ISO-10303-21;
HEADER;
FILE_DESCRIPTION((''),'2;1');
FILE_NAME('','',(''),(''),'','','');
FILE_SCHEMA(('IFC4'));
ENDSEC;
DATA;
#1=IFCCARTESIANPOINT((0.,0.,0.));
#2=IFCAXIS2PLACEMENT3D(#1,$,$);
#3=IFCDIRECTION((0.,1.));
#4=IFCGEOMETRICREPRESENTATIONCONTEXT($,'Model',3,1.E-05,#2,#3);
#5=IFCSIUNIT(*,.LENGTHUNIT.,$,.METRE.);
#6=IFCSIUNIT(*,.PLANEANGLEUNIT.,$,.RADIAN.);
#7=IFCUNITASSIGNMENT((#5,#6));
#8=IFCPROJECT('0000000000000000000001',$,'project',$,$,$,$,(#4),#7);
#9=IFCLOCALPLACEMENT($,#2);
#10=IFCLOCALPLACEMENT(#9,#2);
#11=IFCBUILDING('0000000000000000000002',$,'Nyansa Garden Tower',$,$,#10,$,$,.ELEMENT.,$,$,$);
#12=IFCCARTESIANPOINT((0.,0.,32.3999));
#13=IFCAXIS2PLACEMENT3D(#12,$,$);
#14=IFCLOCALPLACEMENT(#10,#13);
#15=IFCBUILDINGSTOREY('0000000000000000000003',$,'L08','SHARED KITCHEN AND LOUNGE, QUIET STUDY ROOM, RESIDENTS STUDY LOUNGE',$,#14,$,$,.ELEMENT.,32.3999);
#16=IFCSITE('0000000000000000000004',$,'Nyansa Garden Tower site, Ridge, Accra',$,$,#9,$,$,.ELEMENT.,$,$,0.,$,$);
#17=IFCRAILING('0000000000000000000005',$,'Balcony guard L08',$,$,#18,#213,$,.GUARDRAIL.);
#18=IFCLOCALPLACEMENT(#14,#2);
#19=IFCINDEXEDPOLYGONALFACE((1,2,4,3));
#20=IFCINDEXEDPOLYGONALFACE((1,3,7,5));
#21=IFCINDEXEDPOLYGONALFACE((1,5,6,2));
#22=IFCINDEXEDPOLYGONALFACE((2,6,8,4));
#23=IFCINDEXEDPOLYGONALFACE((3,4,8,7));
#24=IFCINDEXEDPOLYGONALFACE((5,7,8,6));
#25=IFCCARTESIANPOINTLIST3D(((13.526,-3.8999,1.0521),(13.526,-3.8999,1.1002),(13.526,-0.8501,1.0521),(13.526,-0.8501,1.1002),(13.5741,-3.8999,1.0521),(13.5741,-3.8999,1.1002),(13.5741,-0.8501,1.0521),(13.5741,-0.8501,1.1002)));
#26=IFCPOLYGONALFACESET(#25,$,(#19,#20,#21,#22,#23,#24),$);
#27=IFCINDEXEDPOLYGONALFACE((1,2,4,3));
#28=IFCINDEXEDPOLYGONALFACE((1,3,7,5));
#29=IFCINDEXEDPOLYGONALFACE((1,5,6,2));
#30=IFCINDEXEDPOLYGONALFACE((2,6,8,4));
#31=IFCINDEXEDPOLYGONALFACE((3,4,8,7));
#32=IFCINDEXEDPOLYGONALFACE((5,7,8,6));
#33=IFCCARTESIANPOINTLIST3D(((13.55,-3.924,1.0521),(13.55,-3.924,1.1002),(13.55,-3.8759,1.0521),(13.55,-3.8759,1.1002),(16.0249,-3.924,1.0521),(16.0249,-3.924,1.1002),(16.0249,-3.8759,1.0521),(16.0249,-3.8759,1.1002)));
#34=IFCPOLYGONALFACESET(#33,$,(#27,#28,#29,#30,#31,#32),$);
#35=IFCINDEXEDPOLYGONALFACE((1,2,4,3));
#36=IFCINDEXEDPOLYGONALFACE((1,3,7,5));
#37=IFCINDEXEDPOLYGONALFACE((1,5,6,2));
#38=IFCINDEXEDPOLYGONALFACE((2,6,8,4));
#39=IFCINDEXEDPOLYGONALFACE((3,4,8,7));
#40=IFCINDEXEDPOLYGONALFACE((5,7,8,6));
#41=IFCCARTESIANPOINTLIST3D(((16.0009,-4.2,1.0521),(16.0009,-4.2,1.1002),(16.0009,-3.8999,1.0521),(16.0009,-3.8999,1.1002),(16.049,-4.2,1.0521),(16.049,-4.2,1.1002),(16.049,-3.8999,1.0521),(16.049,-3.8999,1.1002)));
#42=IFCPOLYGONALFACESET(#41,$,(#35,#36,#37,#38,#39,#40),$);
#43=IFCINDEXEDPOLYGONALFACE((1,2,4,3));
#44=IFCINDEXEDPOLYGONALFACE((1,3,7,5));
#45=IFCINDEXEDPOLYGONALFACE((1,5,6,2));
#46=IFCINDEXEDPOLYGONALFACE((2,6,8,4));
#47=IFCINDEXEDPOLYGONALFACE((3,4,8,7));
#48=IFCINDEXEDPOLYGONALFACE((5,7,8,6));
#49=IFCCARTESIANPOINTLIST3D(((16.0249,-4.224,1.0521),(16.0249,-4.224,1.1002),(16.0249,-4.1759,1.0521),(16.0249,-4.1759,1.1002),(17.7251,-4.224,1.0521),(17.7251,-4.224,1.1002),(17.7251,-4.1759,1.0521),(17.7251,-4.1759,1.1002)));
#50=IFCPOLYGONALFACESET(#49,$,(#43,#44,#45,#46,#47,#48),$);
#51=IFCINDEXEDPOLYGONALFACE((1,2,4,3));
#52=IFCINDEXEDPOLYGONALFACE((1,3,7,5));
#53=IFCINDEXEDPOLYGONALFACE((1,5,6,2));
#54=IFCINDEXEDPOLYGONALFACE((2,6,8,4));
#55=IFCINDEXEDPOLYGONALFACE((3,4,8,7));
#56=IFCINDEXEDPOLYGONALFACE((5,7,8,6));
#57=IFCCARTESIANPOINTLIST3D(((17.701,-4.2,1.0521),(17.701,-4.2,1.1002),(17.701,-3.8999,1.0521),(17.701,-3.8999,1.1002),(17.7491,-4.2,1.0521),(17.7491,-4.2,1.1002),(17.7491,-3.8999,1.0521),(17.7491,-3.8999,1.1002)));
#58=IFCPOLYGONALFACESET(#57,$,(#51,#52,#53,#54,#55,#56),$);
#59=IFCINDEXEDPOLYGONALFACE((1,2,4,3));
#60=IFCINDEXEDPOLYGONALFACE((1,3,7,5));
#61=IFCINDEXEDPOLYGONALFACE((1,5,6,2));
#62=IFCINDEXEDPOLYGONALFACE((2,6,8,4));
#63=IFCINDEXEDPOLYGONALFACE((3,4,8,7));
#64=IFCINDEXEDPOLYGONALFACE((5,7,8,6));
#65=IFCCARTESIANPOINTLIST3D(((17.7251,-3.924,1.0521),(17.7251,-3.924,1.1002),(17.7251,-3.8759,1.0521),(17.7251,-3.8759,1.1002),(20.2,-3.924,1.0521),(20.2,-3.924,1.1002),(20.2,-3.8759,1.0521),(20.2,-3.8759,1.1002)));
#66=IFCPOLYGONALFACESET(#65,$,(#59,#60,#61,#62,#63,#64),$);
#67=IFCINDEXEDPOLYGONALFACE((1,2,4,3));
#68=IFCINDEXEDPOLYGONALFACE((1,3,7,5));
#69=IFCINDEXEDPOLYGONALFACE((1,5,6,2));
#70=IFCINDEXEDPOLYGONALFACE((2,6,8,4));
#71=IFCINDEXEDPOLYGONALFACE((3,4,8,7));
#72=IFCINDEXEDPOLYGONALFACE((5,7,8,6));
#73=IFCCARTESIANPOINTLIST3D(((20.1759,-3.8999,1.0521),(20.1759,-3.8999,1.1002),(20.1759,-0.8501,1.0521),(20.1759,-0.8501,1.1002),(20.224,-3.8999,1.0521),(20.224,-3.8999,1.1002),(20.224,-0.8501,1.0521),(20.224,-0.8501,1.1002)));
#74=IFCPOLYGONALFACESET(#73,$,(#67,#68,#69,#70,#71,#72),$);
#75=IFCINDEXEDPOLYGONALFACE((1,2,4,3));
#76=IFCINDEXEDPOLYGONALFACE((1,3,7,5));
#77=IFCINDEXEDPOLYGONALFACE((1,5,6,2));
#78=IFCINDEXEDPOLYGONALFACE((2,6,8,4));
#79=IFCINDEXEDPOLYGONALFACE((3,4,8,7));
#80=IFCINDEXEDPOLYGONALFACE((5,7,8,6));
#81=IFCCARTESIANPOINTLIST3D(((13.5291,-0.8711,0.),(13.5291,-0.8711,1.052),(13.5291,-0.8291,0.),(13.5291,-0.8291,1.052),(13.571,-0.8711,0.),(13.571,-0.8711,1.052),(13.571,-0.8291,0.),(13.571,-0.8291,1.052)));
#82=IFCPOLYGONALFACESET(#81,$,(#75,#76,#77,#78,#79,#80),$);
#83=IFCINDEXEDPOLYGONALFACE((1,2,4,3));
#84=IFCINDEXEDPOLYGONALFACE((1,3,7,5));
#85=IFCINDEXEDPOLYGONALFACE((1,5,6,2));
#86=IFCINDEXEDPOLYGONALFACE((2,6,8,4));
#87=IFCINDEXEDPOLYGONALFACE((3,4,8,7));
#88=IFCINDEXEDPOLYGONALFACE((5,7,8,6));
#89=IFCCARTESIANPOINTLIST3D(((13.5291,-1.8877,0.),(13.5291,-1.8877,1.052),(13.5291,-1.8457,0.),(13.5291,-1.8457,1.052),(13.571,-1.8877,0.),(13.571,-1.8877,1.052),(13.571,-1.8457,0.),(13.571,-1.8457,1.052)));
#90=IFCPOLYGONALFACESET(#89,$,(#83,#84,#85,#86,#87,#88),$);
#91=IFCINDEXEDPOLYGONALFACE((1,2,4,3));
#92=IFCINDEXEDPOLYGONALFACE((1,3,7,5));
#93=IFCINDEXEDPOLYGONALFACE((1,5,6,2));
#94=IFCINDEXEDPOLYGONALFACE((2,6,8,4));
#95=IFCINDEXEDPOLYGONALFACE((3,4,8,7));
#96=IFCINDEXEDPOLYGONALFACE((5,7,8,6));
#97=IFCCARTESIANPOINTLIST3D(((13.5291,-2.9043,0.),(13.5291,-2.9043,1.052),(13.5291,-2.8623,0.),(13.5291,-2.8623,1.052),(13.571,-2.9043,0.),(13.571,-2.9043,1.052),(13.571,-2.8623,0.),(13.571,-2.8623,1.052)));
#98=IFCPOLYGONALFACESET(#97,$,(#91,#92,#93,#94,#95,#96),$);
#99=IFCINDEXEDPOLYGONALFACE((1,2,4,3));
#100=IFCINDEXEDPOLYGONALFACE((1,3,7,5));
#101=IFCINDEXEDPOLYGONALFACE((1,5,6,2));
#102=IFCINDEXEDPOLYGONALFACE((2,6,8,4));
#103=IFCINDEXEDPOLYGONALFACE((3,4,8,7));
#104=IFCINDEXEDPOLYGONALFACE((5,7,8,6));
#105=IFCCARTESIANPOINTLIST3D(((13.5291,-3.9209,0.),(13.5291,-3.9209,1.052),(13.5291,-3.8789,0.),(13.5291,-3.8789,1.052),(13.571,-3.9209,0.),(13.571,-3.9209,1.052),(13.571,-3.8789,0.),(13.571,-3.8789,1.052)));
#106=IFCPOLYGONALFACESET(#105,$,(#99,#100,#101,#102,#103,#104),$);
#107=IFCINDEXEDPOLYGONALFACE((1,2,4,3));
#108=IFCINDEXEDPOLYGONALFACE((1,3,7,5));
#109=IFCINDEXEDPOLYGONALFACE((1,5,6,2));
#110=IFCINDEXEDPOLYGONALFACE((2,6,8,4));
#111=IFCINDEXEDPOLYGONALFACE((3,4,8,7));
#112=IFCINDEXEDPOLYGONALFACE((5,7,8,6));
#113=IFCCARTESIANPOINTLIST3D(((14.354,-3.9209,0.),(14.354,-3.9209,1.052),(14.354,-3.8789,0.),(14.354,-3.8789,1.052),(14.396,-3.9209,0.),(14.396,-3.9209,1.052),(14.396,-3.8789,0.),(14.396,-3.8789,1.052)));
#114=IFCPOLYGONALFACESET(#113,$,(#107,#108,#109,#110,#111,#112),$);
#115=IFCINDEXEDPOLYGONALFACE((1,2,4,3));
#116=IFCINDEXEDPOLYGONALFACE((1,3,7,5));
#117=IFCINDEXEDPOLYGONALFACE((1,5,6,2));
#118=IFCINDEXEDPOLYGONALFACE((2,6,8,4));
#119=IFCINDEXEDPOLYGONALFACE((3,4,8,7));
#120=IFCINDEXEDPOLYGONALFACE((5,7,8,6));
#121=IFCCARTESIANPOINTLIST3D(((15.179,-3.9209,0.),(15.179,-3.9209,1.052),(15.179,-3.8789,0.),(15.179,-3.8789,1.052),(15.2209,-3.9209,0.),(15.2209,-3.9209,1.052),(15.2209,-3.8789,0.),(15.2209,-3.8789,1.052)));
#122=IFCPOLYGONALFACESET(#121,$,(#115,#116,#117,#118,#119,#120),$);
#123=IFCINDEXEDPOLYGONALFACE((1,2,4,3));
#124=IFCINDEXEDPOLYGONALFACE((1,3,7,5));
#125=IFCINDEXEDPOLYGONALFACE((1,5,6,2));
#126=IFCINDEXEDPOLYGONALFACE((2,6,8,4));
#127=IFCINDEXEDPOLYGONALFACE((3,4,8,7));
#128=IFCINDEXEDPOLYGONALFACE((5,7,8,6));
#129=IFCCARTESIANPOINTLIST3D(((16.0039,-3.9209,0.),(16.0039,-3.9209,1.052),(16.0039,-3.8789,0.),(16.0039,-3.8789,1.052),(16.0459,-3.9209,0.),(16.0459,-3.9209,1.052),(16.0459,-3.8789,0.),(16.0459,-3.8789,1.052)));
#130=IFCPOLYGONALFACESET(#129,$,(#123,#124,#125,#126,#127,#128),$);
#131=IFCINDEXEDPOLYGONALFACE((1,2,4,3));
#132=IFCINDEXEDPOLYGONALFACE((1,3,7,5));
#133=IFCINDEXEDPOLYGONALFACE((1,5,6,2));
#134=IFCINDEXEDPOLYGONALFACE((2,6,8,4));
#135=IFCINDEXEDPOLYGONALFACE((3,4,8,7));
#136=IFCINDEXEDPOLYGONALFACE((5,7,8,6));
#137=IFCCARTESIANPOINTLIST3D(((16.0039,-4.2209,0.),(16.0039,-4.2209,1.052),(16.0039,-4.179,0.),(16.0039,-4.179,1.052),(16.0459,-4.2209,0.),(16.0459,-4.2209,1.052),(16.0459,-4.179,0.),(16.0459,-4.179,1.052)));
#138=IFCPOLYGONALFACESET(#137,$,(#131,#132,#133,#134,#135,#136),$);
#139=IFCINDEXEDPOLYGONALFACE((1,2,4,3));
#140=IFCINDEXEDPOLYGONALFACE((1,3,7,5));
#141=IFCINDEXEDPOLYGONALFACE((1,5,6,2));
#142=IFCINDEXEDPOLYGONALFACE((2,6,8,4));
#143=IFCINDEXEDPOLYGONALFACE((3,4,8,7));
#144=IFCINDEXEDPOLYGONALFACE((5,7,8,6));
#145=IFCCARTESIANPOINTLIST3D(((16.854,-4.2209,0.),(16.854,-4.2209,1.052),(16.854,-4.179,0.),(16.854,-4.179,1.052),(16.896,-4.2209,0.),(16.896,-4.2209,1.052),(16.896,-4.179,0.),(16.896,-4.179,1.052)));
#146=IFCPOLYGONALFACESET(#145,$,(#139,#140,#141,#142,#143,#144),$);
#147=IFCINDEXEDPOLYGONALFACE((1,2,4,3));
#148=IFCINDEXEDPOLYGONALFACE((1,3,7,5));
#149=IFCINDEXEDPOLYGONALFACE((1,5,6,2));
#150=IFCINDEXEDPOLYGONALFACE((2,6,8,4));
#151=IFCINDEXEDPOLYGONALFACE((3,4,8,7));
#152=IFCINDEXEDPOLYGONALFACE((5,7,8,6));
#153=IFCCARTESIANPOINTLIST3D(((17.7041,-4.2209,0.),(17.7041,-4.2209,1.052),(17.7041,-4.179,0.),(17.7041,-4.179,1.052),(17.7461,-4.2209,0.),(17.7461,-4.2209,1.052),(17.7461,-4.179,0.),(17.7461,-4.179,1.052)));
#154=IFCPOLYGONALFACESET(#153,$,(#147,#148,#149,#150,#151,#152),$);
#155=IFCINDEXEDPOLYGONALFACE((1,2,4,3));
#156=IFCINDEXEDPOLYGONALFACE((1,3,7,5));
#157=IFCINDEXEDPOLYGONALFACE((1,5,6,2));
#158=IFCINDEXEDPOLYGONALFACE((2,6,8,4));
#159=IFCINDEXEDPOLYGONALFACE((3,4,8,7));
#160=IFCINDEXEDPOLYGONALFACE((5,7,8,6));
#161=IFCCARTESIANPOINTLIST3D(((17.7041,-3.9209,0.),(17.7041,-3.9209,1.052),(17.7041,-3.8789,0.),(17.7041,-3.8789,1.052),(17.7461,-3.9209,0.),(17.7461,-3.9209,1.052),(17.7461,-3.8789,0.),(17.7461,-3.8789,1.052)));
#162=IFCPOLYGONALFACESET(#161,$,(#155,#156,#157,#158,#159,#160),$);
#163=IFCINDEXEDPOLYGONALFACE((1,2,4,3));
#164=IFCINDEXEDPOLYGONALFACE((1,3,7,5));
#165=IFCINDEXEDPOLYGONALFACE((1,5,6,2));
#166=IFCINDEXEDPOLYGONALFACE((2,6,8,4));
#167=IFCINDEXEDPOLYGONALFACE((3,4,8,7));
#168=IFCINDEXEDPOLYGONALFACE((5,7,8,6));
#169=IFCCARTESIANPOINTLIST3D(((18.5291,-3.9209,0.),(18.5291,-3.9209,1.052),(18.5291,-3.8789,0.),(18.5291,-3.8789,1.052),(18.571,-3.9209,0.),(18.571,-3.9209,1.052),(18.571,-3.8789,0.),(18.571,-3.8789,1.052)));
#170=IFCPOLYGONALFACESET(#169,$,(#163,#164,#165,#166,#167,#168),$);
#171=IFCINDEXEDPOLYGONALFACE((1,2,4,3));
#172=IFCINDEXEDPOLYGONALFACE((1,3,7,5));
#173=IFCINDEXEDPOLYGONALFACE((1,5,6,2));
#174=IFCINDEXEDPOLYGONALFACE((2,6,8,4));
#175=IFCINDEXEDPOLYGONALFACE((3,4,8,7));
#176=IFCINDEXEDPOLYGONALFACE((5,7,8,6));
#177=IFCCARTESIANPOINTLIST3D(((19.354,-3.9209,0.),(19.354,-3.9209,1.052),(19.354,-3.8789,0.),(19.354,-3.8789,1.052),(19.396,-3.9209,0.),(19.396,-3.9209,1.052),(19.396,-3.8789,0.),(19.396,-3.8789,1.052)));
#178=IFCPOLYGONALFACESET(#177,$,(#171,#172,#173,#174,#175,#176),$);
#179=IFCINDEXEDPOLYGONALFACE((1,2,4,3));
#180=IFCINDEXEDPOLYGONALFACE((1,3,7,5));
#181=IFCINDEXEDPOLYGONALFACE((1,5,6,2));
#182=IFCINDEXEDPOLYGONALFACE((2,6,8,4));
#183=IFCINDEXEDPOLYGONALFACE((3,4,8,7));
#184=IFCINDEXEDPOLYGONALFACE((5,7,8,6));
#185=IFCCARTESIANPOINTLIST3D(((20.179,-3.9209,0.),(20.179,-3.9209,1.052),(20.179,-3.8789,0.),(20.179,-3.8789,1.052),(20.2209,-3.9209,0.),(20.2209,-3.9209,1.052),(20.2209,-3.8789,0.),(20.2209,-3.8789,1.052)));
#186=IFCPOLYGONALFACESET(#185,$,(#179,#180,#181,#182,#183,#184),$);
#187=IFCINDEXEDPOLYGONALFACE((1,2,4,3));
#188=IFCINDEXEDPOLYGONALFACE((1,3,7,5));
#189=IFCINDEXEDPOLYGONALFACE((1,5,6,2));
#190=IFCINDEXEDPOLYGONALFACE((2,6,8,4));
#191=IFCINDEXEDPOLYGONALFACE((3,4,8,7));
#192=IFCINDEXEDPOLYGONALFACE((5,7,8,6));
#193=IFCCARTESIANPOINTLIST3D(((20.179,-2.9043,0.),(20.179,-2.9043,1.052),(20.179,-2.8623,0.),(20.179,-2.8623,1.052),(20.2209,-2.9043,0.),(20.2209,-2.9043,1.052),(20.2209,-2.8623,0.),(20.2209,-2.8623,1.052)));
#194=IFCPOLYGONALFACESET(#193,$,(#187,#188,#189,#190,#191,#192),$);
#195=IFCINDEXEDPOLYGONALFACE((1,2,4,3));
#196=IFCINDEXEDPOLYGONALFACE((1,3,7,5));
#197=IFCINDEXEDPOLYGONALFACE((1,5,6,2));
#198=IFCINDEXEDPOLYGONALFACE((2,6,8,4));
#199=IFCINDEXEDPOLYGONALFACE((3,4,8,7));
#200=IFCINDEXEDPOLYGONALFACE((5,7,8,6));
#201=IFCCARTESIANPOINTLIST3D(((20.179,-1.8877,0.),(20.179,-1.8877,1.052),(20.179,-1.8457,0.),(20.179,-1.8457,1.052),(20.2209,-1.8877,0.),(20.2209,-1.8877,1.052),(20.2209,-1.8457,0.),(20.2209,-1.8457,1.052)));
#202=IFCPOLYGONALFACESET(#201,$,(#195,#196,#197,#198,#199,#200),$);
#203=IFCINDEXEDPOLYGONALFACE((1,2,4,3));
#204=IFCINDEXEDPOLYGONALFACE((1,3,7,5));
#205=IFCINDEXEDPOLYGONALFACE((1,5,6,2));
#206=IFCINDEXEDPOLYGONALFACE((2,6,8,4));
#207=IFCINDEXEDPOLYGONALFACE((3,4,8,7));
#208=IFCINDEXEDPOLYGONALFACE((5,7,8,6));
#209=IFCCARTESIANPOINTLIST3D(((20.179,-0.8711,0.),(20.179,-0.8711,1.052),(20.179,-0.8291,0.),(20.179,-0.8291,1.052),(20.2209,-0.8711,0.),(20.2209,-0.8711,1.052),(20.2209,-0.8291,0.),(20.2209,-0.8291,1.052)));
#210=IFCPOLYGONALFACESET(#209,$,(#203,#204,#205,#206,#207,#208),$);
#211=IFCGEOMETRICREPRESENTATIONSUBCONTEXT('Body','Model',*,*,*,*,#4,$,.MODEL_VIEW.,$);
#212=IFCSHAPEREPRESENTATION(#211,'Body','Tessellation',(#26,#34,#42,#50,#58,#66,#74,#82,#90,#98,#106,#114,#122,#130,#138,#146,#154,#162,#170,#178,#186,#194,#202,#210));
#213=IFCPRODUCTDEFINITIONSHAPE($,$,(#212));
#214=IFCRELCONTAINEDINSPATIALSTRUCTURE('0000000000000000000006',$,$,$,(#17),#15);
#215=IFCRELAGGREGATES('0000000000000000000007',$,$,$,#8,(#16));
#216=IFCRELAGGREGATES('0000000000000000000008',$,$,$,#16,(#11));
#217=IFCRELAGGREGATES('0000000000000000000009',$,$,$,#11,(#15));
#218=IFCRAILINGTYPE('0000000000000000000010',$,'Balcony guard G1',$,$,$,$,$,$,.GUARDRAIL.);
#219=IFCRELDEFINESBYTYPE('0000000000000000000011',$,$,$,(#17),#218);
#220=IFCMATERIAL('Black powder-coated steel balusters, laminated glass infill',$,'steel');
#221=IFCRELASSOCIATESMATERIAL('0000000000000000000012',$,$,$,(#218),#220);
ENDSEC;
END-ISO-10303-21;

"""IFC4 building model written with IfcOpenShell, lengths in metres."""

from ifc_helpers import new_model, si_unit, direction, frame, origin, origin_2d, place, context, subcontext, project, spatial, rectangle, extrude, material, type_object, element, save


model = new_model("IFC4")

# Units and contexts
model_context = context("Model", 3, precision=1e-05, world=origin(), true_north=direction((0.0, 1.0)))
body_context = subcontext(model_context, "Body", "Model", "MODEL_VIEW")
ifc_project = project(units=[si_unit("LENGTHUNIT", "METRE"), si_unit("PLANEANGLEUNIT", "RADIAN")], contexts=[model_context])

# Site, building, storey
site_placement = place(None, origin())
site = spatial("IfcSite", under=ifc_project, at=site_placement, Name="Nyansa Garden Tower site, Ridge, Accra", CompositionType="ELEMENT", RefElevation=0.0)
building_placement = place(site_placement, origin())
building = spatial("IfcBuilding", under=site, at=building_placement, Name="Nyansa Garden Tower", CompositionType="ELEMENT")
storey_placement = place(building_placement, frame((0.0, 0.0, 32.3999)))
storey = spatial("IfcBuildingStorey", under=building, at=storey_placement, Name="L08", Description="SHARED KITCHEN AND LOUNGE, QUIET STUDY ROOM, RESIDENTS STUDY LOUNGE", CompositionType="ELEMENT", Elevation=32.3999)

# Railing
ifc_material_1 = material(Name="Black powder-coated steel balusters, laminated glass infill", Category="steel")
railing_type = type_object("IfcRailingType", Name="Balcony guard G1", PredefinedType="GUARDRAIL", material=ifc_material_1)
railing_placement = place(storey_placement, frame((13.55, -0.8501, 0.0)))
element("IfcRailing", 1, at=railing_placement, inside=storey, type_object=railing_type, Name="Balcony guard L08", PredefinedType="GUARDRAIL", context=body_context, shape_type="SweptSolid", body=[
    extrude(rectangle(XDim=0.0481, YDim=0.0481, at=origin_2d()), frame((0.0, 0.0, 1.0762), z_axis=(0.0, -1.0, 0.0), x_axis=(1.0, 0.0, 0.0)), (0.0, 0.0, 1.0), 3.0498),
    extrude(rectangle(XDim=0.0481, YDim=0.0481, at=origin_2d()), frame((0.0, -3.0498, 1.0762), z_axis=(1.0, 0.0, 0.0), x_axis=(0.0, 1.0, 0.0)), (0.0, 0.0, 1.0), 2.4749),
    extrude(rectangle(XDim=0.0481, YDim=0.0481, at=origin_2d()), frame((2.4749, -3.0498, 1.0762), z_axis=(0.0, -1.0, 0.0), x_axis=(1.0, 0.0, 0.0)), (0.0, 0.0, 1.0), 0.3),
    extrude(rectangle(XDim=0.0481, YDim=0.0481, at=origin_2d()), frame((2.4749, -3.3499, 1.0762), z_axis=(1.0, 0.0, 0.0), x_axis=(0.0, 1.0, 0.0)), (0.0, 0.0, 1.0), 1.7002),
    extrude(rectangle(XDim=0.0481, YDim=0.0481, at=origin_2d()), frame((4.175, -3.3499, 1.0762), z_axis=(0.0, 1.0, 0.0), x_axis=(-1.0, 0.0, 0.0)), (0.0, 0.0, 1.0), 0.3),
    extrude(rectangle(XDim=0.0481, YDim=0.0481, at=origin_2d()), frame((4.175, -3.0498, 1.0762), z_axis=(1.0, 0.0, 0.0), x_axis=(0.0, 1.0, 0.0)), (0.0, 0.0, 1.0), 2.4749),
    extrude(rectangle(XDim=0.0481, YDim=0.0481, at=origin_2d()), frame((6.6499, -3.0498, 1.0762), z_axis=(0.0, 1.0, 0.0), x_axis=(-1.0, 0.0, 0.0)), (0.0, 0.0, 1.0), 3.0498),
    extrude(rectangle(XDim=0.042, YDim=0.042, at=origin_2d()), origin(), (0.0, 0.0, 1.0), 1.052),
    extrude(rectangle(XDim=0.042, YDim=0.042, at=origin_2d()), frame((0.0, -1.0166, 0.0)), (0.0, 0.0, 1.0), 1.052),
    extrude(rectangle(XDim=0.042, YDim=0.042, at=origin_2d()), frame((0.0, -2.0332, 0.0)), (0.0, 0.0, 1.0), 1.052),
    extrude(rectangle(XDim=0.042, YDim=0.042, at=origin_2d()), frame((0.0, -3.0498, 0.0)), (0.0, 0.0, 1.0), 1.052),
    extrude(rectangle(XDim=0.042, YDim=0.042, at=origin_2d()), frame((0.825, -3.0498, 0.0)), (0.0, 0.0, 1.0), 1.052),
    extrude(rectangle(XDim=0.042, YDim=0.042, at=origin_2d()), frame((1.6499, -3.0498, 0.0)), (0.0, 0.0, 1.0), 1.052),
    extrude(rectangle(XDim=0.042, YDim=0.042, at=origin_2d()), frame((2.4749, -3.0498, 0.0)), (0.0, 0.0, 1.0), 1.052),
    extrude(rectangle(XDim=0.042, YDim=0.042, at=origin_2d()), frame((2.4749, -3.3499, 0.0)), (0.0, 0.0, 1.0), 1.052),
    extrude(rectangle(XDim=0.042, YDim=0.042, at=origin_2d()), frame((3.325, -3.3499, 0.0)), (0.0, 0.0, 1.0), 1.052),
    extrude(rectangle(XDim=0.042, YDim=0.042, at=origin_2d()), frame((4.175, -3.3499, 0.0)), (0.0, 0.0, 1.0), 1.052),
    extrude(rectangle(XDim=0.042, YDim=0.042, at=origin_2d()), frame((4.175, -3.0498, 0.0)), (0.0, 0.0, 1.0), 1.052),
    extrude(rectangle(XDim=0.042, YDim=0.042, at=origin_2d()), frame((5.0, -3.0498, 0.0)), (0.0, 0.0, 1.0), 1.052),
    extrude(rectangle(XDim=0.042, YDim=0.042, at=origin_2d()), frame((5.825, -3.0498, 0.0)), (0.0, 0.0, 1.0), 1.052),
    extrude(rectangle(XDim=0.042, YDim=0.042, at=origin_2d()), frame((6.6499, -3.0498, 0.0)), (0.0, 0.0, 1.0), 1.052),
    extrude(rectangle(XDim=0.042, YDim=0.042, at=origin_2d()), frame((6.6499, -2.0332, 0.0)), (0.0, 0.0, 1.0), 1.052),
    extrude(rectangle(XDim=0.042, YDim=0.042, at=origin_2d()), frame((6.6499, -1.0166, 0.0)), (0.0, 0.0, 1.0), 1.052),
    extrude(rectangle(XDim=0.042, YDim=0.042, at=origin_2d()), frame((6.6499, 0.0, 0.0)), (0.0, 0.0, 1.0), 1.052),
])

save(model, "model.ifc")
